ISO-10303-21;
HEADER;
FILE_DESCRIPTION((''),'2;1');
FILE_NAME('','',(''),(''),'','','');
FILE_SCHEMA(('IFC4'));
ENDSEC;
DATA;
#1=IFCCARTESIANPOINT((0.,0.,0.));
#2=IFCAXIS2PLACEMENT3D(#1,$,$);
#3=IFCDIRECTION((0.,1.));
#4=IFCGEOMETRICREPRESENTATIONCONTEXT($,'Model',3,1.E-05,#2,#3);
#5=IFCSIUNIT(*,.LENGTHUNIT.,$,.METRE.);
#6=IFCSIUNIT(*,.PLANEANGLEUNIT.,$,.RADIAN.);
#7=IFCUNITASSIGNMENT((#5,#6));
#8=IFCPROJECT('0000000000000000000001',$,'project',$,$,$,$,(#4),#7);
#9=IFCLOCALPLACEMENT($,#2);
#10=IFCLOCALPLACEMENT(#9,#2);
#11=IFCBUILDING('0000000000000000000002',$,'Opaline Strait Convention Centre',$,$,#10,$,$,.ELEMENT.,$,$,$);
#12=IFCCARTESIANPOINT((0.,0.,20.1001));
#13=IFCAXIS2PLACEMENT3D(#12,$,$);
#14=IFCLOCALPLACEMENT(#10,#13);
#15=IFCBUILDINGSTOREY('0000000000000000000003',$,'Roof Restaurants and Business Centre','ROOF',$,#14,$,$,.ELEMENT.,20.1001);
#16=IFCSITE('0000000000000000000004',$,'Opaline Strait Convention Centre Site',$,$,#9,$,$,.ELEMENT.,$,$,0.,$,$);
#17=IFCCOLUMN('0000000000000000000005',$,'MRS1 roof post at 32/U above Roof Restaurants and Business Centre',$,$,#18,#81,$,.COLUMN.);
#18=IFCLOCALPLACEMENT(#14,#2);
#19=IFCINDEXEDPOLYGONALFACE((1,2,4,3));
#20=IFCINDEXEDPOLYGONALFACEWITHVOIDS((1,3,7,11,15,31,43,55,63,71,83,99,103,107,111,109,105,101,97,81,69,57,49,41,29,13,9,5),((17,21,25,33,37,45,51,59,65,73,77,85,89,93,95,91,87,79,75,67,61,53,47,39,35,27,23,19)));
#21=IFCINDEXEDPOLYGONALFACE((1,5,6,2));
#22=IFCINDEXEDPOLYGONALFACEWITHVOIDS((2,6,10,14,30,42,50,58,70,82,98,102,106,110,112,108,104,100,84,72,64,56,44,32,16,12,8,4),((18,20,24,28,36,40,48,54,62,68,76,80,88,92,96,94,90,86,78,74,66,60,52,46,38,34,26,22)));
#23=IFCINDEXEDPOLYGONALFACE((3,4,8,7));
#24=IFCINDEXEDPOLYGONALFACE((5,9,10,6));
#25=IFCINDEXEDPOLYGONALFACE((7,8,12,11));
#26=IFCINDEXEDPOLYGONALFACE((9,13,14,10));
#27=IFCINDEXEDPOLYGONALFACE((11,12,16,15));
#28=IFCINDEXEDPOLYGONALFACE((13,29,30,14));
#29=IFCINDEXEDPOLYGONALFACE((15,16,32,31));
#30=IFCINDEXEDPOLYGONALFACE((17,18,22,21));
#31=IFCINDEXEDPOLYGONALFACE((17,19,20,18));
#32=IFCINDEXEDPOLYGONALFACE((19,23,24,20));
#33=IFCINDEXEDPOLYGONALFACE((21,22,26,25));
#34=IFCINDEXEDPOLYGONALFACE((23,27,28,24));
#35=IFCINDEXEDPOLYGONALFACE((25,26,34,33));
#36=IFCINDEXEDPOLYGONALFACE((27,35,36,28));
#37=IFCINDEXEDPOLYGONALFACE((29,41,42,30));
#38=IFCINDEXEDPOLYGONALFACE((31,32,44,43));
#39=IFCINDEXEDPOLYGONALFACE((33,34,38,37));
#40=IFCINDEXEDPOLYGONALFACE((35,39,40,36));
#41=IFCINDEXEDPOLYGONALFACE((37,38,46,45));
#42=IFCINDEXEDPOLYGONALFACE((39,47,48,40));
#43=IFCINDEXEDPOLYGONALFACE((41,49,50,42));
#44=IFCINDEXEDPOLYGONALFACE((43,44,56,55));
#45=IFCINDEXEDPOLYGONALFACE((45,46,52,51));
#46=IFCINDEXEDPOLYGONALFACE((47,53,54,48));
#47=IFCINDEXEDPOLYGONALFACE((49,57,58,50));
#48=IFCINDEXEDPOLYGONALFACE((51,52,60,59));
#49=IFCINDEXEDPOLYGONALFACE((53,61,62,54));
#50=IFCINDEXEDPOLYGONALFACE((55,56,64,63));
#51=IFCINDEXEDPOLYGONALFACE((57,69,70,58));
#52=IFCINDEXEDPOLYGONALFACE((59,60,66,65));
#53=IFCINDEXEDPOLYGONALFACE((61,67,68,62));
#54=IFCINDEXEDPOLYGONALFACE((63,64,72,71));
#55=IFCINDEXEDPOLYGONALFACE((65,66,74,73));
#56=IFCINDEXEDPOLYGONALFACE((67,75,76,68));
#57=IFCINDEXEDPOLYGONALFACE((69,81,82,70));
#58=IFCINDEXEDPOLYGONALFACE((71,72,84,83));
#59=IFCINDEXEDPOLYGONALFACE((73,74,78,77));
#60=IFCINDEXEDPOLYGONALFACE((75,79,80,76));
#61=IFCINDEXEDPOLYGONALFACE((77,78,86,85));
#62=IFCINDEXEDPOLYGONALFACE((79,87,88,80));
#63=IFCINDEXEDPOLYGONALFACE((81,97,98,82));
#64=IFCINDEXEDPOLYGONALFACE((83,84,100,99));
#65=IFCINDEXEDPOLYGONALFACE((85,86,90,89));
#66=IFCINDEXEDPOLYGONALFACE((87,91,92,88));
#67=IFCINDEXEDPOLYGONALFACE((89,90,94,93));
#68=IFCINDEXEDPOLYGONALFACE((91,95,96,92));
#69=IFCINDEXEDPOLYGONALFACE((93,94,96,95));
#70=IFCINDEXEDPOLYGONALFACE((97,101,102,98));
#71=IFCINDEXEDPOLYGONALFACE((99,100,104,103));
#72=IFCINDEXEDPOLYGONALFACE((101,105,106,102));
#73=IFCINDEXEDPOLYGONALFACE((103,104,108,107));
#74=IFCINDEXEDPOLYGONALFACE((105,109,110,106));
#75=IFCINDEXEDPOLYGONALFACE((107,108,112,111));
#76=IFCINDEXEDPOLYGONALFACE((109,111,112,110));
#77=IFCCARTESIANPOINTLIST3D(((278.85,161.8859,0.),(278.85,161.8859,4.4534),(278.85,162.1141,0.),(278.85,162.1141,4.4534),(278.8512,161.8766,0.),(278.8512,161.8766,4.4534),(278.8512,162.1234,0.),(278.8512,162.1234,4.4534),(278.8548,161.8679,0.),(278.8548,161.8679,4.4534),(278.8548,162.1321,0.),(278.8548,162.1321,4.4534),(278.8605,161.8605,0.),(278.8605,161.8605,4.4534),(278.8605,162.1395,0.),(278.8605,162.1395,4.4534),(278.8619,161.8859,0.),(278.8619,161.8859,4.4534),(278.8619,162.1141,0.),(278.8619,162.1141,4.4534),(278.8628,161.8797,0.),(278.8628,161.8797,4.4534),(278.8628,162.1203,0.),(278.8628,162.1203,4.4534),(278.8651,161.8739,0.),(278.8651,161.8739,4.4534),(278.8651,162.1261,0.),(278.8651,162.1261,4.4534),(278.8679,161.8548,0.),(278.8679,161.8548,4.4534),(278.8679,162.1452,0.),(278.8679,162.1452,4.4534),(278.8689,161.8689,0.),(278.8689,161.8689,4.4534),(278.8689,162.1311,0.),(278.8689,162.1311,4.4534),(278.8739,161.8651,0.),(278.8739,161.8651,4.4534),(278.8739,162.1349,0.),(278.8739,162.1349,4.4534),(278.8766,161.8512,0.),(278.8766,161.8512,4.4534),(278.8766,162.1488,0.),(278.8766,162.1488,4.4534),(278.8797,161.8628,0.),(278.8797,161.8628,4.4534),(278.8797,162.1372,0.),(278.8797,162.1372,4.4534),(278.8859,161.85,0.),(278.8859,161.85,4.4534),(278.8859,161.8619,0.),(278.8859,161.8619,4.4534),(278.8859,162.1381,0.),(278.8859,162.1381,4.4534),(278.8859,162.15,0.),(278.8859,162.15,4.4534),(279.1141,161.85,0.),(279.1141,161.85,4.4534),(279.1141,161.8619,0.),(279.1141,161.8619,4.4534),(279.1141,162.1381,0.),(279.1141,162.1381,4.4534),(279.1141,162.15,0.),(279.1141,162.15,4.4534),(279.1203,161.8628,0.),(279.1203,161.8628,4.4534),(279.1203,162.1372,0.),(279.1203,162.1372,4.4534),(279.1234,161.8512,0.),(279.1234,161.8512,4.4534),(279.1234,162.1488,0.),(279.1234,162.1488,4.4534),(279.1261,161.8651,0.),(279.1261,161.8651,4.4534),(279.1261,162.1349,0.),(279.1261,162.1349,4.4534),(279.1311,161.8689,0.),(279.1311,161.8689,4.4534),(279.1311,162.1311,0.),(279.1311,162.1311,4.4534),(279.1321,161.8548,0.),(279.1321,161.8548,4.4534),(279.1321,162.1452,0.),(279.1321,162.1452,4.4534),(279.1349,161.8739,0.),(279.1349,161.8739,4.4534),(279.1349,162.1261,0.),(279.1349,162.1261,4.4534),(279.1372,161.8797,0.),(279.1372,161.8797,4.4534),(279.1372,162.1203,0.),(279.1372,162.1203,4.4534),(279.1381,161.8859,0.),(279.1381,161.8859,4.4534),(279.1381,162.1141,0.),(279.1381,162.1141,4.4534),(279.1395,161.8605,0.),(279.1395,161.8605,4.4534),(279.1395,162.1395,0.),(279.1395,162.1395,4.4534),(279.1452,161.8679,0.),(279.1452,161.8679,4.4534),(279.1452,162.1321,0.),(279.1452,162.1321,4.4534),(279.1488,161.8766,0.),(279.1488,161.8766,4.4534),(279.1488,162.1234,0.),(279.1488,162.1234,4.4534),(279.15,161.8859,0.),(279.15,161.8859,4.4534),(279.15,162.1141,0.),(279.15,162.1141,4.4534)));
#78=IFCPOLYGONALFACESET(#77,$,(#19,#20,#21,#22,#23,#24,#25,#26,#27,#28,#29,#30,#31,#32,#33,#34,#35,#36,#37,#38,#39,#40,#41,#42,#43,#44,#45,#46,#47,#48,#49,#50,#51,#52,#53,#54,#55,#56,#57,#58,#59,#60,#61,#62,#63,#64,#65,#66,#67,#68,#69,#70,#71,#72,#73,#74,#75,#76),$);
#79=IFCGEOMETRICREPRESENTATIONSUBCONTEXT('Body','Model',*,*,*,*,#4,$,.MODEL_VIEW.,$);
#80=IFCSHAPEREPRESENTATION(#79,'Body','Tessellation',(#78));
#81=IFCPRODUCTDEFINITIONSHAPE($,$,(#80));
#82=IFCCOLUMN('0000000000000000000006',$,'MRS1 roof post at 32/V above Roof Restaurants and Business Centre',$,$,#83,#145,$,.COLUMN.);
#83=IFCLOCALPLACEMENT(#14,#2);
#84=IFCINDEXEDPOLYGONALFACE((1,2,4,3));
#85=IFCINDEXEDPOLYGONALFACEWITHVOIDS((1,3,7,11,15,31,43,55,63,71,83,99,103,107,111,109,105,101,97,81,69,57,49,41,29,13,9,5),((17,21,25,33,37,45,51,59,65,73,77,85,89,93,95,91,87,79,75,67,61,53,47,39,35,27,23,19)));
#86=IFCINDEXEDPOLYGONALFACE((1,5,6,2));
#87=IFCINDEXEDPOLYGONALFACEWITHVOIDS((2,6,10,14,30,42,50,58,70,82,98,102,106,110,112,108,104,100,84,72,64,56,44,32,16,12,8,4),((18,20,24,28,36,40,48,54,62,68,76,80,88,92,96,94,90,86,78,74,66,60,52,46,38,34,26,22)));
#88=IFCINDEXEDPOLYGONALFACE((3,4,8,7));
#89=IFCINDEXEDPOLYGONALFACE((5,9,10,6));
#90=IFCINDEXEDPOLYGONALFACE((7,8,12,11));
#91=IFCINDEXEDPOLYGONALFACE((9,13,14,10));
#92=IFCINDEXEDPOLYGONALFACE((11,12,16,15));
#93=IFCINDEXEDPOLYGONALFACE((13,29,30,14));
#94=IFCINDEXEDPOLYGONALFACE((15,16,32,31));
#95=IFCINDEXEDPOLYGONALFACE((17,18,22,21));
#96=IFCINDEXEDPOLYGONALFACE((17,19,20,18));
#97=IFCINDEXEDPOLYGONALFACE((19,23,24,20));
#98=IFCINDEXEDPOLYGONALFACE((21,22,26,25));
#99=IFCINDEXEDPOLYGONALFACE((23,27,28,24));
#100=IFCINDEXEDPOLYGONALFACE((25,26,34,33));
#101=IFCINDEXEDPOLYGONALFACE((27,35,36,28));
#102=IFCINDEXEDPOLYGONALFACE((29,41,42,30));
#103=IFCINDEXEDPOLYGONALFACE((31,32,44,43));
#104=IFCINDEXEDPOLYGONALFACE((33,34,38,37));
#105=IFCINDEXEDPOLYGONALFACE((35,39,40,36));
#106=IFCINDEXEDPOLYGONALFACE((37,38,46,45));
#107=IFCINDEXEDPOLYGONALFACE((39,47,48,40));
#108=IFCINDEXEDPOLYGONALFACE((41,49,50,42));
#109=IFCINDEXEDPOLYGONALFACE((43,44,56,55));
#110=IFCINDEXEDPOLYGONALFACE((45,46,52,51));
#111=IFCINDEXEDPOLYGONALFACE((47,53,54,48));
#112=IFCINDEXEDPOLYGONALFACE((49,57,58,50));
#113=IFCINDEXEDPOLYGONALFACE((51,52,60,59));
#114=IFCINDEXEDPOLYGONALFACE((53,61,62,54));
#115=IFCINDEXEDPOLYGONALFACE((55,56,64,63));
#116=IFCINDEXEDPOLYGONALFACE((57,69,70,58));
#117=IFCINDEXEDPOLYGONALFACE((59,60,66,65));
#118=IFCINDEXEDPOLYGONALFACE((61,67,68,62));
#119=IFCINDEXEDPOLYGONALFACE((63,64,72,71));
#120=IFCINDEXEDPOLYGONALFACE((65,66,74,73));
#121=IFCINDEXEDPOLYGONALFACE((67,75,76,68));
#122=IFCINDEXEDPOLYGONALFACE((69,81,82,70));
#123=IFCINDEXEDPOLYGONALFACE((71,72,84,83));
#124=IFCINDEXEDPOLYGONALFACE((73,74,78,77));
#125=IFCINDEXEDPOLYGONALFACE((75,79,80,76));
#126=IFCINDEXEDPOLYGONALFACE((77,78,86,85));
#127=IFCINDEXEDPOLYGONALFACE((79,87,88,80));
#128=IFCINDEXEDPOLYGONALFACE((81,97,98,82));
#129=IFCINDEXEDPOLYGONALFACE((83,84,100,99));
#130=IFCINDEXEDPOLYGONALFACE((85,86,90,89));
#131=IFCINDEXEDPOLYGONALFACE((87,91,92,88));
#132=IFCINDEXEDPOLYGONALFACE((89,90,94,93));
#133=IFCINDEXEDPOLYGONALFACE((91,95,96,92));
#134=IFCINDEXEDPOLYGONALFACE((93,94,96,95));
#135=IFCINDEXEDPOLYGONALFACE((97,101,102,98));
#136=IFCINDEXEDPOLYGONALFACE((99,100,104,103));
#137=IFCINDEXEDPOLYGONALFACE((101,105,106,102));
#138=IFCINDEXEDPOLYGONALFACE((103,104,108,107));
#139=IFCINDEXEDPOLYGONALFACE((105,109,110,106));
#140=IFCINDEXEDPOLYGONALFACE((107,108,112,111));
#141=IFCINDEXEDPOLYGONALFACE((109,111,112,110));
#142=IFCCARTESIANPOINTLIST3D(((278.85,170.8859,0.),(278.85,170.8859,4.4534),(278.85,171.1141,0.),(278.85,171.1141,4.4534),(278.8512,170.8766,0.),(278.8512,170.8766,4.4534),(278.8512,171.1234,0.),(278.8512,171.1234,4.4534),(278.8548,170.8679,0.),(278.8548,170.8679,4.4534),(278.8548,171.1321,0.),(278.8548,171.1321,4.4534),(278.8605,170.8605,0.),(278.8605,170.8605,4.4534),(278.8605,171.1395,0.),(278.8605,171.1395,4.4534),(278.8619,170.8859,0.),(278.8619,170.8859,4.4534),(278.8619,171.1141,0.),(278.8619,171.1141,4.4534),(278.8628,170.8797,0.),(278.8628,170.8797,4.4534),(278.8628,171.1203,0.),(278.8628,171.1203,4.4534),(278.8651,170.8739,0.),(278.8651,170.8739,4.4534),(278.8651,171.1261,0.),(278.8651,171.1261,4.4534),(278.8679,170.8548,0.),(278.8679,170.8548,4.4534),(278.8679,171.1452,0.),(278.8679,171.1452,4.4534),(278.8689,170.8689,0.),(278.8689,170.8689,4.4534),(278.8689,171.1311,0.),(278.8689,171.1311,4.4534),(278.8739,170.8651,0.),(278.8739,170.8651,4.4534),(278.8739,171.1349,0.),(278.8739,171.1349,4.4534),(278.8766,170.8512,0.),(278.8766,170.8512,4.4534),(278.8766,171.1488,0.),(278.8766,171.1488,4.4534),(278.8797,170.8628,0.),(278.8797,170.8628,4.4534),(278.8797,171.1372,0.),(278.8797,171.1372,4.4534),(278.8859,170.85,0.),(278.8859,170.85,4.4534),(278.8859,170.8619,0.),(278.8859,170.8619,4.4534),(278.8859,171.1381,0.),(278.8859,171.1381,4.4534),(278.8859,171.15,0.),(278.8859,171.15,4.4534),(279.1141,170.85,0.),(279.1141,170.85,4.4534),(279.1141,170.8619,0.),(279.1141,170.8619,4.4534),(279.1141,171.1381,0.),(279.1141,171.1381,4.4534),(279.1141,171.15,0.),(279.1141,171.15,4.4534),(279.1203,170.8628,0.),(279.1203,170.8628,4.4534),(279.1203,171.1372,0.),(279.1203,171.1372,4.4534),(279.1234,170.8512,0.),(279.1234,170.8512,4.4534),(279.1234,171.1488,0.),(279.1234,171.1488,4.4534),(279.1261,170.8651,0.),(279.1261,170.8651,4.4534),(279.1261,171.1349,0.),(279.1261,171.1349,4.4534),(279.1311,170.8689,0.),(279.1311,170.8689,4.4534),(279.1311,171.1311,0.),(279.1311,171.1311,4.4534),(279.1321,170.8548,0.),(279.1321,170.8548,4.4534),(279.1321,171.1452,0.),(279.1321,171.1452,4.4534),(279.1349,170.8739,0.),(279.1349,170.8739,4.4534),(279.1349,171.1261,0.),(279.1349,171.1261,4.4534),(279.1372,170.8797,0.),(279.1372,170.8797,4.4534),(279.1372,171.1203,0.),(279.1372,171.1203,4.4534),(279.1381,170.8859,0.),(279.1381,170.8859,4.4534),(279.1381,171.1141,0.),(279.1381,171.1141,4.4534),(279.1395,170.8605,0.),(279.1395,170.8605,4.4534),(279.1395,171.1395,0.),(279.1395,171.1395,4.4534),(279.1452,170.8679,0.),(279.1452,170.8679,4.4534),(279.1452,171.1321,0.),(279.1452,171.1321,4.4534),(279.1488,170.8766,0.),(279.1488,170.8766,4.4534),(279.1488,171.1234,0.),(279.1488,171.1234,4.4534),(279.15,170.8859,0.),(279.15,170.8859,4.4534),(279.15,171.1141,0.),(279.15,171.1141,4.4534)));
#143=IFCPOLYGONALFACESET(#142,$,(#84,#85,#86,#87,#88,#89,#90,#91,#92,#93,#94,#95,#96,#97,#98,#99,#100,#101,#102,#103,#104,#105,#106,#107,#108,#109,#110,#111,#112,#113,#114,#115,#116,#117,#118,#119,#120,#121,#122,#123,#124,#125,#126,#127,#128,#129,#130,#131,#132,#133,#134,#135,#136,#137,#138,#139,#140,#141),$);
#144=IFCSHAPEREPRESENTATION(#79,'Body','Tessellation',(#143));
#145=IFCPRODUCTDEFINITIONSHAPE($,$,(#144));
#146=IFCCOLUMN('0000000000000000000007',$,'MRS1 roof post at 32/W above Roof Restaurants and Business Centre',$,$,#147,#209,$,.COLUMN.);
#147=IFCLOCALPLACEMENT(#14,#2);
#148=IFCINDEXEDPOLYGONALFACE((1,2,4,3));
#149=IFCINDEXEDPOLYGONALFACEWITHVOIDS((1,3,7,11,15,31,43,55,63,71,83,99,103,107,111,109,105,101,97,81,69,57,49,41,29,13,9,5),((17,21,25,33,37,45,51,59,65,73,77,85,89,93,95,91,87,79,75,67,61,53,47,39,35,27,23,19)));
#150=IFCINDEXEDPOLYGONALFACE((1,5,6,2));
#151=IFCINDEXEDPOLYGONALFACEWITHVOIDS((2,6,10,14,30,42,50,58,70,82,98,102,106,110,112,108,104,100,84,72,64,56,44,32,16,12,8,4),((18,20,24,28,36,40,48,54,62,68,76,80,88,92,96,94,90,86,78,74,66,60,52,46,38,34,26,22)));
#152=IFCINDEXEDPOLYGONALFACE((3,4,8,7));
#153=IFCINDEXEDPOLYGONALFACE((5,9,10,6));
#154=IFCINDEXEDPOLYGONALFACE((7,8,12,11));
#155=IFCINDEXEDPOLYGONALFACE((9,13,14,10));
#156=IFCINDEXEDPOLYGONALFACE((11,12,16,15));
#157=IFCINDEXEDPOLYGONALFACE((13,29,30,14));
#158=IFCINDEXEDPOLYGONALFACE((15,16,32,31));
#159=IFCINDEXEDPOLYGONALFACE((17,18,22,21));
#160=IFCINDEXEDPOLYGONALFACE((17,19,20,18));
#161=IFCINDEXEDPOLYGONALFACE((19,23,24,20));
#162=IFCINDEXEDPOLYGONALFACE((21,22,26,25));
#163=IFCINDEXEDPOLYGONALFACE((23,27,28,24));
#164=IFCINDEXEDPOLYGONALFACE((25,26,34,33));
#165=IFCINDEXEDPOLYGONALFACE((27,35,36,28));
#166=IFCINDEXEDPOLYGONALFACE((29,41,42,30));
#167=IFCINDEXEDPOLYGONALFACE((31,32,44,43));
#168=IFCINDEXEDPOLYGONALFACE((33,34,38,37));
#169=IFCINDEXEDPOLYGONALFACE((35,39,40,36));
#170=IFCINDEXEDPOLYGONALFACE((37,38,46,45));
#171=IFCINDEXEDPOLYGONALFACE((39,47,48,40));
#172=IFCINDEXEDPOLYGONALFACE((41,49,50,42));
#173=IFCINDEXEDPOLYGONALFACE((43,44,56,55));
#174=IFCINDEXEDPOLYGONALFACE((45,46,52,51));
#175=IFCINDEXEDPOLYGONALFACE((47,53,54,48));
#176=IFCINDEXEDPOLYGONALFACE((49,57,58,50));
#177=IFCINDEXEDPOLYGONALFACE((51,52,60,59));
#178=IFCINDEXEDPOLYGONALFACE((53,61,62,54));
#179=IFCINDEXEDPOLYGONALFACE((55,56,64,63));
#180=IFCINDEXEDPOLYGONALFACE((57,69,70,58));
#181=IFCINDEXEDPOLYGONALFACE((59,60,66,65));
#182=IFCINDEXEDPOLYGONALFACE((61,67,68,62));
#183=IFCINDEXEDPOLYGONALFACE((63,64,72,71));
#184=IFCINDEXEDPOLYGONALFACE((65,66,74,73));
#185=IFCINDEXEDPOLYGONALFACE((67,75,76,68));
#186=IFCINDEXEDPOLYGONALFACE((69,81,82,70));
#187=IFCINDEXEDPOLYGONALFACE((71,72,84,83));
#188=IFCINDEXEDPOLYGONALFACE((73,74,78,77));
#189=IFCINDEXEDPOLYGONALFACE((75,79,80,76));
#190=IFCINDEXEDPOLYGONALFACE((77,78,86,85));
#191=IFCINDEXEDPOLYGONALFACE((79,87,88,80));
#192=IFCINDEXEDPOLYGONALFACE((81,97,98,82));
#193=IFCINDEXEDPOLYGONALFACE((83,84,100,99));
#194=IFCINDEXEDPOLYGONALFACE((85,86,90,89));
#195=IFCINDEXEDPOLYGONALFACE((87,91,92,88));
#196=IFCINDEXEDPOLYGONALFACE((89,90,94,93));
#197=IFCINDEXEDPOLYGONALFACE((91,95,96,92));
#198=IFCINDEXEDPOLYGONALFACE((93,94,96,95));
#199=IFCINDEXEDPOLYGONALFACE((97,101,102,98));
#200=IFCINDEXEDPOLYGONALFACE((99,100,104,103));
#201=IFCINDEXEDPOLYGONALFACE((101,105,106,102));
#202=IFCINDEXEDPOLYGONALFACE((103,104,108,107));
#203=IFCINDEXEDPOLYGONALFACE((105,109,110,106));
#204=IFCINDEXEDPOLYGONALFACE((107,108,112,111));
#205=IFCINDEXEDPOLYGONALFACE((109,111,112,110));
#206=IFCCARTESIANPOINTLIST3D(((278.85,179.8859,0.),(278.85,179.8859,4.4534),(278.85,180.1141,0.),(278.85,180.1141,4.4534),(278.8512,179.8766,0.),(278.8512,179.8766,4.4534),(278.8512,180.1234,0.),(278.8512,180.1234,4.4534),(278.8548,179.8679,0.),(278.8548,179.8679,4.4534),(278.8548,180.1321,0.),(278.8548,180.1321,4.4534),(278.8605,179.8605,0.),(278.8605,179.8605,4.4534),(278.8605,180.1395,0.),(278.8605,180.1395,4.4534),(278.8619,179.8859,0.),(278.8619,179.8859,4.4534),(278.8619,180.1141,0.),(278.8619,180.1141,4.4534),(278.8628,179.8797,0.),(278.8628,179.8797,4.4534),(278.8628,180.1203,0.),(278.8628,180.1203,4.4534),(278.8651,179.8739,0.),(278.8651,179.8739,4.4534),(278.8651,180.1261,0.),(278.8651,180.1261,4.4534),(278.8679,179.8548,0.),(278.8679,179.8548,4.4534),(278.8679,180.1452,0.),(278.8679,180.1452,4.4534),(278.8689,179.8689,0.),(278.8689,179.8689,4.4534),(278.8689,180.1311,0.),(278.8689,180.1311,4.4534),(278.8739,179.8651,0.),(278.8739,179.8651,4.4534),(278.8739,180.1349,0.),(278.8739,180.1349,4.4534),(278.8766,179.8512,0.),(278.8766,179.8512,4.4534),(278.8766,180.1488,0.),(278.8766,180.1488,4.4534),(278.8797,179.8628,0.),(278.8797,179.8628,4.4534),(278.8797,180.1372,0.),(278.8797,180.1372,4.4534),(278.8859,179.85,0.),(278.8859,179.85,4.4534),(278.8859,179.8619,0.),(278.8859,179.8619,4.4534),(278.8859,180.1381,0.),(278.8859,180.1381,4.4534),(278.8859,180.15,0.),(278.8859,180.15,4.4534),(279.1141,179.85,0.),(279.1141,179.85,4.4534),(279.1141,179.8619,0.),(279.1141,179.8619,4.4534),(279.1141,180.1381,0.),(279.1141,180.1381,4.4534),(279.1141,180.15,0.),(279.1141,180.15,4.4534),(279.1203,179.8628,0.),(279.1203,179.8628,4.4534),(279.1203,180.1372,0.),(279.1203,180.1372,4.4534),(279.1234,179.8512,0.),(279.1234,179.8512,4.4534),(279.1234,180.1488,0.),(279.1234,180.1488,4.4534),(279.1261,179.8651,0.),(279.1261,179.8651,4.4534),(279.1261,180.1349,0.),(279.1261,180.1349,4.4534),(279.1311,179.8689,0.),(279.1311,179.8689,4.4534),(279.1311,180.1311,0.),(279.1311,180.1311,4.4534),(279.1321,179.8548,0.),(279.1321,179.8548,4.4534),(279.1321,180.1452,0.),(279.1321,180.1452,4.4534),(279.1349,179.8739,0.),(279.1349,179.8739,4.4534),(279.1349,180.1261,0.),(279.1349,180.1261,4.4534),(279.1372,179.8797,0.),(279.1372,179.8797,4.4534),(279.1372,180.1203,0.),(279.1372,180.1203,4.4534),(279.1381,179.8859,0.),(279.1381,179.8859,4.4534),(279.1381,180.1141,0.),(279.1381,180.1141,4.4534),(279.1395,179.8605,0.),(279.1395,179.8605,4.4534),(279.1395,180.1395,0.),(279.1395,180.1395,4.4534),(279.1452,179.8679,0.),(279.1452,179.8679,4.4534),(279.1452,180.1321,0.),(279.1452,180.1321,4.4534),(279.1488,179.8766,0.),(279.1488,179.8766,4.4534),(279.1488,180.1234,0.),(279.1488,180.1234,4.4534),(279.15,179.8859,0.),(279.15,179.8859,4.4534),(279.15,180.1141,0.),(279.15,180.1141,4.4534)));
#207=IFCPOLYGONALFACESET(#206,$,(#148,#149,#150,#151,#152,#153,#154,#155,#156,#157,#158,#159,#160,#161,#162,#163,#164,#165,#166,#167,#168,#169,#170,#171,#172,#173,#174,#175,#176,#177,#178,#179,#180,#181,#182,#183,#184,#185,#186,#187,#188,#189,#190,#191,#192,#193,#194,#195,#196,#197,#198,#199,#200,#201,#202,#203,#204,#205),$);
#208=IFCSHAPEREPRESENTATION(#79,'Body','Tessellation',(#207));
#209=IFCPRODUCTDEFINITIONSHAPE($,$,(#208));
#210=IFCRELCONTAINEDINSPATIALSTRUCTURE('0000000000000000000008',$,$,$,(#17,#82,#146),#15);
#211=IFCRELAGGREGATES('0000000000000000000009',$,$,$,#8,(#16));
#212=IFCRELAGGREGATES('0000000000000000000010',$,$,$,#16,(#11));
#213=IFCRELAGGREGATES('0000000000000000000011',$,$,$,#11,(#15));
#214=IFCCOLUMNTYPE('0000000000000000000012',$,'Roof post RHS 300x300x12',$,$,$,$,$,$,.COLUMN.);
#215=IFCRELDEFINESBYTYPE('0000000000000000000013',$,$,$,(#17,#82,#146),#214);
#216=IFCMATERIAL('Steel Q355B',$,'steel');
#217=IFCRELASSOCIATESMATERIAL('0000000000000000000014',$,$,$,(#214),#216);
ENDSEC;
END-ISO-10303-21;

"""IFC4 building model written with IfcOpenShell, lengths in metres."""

from ifc_helpers import new_model, si_unit, direction, frame, origin, origin_2d, place, context, subcontext, project, spatial, hollow_rectangle, extrude, material, material_profile, profile_set, type_object, element, save


model = new_model("IFC4")

# Units and contexts
model_context = context("Model", 3, precision=1e-05, world=origin(), true_north=direction((0.0, 1.0)))
body_context = subcontext(model_context, "Body", "Model", "MODEL_VIEW")
ifc_project = project(units=[si_unit("LENGTHUNIT", "METRE"), si_unit("PLANEANGLEUNIT", "RADIAN")], contexts=[model_context])

# Site, building, storey
site_placement = place(None, origin())
site = spatial("IfcSite", under=ifc_project, at=site_placement, Name="Opaline Strait Convention Centre Site", CompositionType="ELEMENT", RefElevation=0.0)
building_placement = place(site_placement, origin())
building = spatial("IfcBuilding", under=site, at=building_placement, Name="Opaline Strait Convention Centre", CompositionType="ELEMENT")
storey_placement = place(building_placement, frame((0.0, 0.0, 20.1001)))
storey = spatial("IfcBuildingStorey", under=building, at=storey_placement, Name="Roof Restaurants and Business Centre", Description="ROOF", CompositionType="ELEMENT", Elevation=20.1001)

# Columns
ifc_material_1 = material(Name="Steel Q355B", Category="steel")
ifc_material_profile_1 = material_profile(ifc_material_1, hollow_rectangle(XDim=0.3, YDim=0.3, WallThickness=0.012, InnerFilletRadius=0.0239, OuterFilletRadius=0.0359, at=origin_2d()), Name="RHS 300x300x12")
ifc_profile_set_1 = profile_set([ifc_material_profile_1], Name="Steel Q355B")
column_type_1 = type_object("IfcColumnType", Name="Roof post RHS 300x300x12", PredefinedType="COLUMN", material=ifc_profile_set_1)
for number, where, z_axis, x_axis, name in (
    (1, (279.0, 162.0, 0.0), (0.0, 0.0, 1.0), (1.0, 0.0, 0.0), "MRS1 roof post at 32/U above Roof Restaurants and Business Centre"),
    (2, (279.0, 171.0, 0.0), (0.0, 0.0, 1.0), (1.0, 0.0, 0.0), "MRS1 roof post at 32/V above Roof Restaurants and Business Centre"),
    (3, (279.0, 180.0, 0.0), (0.0, 0.0, 1.0), (1.0, 0.0, 0.0), "MRS1 roof post at 32/W above Roof Restaurants and Business Centre"),
):
    element("IfcColumn", number, at=place(storey_placement, frame(where, z_axis=z_axis, x_axis=x_axis)), inside=storey, type_object=column_type_1, Name=name, PredefinedType="COLUMN", context=body_context, shape_type="SweptSolid", body=[
        extrude(hollow_rectangle(XDim=0.3, YDim=0.3, WallThickness=0.012, InnerFilletRadius=0.0239, OuterFilletRadius=0.0359, at=origin_2d()), origin(), (0.0, 0.0, 1.0), 4.4534),
    ])

save(model, "model.ifc")
